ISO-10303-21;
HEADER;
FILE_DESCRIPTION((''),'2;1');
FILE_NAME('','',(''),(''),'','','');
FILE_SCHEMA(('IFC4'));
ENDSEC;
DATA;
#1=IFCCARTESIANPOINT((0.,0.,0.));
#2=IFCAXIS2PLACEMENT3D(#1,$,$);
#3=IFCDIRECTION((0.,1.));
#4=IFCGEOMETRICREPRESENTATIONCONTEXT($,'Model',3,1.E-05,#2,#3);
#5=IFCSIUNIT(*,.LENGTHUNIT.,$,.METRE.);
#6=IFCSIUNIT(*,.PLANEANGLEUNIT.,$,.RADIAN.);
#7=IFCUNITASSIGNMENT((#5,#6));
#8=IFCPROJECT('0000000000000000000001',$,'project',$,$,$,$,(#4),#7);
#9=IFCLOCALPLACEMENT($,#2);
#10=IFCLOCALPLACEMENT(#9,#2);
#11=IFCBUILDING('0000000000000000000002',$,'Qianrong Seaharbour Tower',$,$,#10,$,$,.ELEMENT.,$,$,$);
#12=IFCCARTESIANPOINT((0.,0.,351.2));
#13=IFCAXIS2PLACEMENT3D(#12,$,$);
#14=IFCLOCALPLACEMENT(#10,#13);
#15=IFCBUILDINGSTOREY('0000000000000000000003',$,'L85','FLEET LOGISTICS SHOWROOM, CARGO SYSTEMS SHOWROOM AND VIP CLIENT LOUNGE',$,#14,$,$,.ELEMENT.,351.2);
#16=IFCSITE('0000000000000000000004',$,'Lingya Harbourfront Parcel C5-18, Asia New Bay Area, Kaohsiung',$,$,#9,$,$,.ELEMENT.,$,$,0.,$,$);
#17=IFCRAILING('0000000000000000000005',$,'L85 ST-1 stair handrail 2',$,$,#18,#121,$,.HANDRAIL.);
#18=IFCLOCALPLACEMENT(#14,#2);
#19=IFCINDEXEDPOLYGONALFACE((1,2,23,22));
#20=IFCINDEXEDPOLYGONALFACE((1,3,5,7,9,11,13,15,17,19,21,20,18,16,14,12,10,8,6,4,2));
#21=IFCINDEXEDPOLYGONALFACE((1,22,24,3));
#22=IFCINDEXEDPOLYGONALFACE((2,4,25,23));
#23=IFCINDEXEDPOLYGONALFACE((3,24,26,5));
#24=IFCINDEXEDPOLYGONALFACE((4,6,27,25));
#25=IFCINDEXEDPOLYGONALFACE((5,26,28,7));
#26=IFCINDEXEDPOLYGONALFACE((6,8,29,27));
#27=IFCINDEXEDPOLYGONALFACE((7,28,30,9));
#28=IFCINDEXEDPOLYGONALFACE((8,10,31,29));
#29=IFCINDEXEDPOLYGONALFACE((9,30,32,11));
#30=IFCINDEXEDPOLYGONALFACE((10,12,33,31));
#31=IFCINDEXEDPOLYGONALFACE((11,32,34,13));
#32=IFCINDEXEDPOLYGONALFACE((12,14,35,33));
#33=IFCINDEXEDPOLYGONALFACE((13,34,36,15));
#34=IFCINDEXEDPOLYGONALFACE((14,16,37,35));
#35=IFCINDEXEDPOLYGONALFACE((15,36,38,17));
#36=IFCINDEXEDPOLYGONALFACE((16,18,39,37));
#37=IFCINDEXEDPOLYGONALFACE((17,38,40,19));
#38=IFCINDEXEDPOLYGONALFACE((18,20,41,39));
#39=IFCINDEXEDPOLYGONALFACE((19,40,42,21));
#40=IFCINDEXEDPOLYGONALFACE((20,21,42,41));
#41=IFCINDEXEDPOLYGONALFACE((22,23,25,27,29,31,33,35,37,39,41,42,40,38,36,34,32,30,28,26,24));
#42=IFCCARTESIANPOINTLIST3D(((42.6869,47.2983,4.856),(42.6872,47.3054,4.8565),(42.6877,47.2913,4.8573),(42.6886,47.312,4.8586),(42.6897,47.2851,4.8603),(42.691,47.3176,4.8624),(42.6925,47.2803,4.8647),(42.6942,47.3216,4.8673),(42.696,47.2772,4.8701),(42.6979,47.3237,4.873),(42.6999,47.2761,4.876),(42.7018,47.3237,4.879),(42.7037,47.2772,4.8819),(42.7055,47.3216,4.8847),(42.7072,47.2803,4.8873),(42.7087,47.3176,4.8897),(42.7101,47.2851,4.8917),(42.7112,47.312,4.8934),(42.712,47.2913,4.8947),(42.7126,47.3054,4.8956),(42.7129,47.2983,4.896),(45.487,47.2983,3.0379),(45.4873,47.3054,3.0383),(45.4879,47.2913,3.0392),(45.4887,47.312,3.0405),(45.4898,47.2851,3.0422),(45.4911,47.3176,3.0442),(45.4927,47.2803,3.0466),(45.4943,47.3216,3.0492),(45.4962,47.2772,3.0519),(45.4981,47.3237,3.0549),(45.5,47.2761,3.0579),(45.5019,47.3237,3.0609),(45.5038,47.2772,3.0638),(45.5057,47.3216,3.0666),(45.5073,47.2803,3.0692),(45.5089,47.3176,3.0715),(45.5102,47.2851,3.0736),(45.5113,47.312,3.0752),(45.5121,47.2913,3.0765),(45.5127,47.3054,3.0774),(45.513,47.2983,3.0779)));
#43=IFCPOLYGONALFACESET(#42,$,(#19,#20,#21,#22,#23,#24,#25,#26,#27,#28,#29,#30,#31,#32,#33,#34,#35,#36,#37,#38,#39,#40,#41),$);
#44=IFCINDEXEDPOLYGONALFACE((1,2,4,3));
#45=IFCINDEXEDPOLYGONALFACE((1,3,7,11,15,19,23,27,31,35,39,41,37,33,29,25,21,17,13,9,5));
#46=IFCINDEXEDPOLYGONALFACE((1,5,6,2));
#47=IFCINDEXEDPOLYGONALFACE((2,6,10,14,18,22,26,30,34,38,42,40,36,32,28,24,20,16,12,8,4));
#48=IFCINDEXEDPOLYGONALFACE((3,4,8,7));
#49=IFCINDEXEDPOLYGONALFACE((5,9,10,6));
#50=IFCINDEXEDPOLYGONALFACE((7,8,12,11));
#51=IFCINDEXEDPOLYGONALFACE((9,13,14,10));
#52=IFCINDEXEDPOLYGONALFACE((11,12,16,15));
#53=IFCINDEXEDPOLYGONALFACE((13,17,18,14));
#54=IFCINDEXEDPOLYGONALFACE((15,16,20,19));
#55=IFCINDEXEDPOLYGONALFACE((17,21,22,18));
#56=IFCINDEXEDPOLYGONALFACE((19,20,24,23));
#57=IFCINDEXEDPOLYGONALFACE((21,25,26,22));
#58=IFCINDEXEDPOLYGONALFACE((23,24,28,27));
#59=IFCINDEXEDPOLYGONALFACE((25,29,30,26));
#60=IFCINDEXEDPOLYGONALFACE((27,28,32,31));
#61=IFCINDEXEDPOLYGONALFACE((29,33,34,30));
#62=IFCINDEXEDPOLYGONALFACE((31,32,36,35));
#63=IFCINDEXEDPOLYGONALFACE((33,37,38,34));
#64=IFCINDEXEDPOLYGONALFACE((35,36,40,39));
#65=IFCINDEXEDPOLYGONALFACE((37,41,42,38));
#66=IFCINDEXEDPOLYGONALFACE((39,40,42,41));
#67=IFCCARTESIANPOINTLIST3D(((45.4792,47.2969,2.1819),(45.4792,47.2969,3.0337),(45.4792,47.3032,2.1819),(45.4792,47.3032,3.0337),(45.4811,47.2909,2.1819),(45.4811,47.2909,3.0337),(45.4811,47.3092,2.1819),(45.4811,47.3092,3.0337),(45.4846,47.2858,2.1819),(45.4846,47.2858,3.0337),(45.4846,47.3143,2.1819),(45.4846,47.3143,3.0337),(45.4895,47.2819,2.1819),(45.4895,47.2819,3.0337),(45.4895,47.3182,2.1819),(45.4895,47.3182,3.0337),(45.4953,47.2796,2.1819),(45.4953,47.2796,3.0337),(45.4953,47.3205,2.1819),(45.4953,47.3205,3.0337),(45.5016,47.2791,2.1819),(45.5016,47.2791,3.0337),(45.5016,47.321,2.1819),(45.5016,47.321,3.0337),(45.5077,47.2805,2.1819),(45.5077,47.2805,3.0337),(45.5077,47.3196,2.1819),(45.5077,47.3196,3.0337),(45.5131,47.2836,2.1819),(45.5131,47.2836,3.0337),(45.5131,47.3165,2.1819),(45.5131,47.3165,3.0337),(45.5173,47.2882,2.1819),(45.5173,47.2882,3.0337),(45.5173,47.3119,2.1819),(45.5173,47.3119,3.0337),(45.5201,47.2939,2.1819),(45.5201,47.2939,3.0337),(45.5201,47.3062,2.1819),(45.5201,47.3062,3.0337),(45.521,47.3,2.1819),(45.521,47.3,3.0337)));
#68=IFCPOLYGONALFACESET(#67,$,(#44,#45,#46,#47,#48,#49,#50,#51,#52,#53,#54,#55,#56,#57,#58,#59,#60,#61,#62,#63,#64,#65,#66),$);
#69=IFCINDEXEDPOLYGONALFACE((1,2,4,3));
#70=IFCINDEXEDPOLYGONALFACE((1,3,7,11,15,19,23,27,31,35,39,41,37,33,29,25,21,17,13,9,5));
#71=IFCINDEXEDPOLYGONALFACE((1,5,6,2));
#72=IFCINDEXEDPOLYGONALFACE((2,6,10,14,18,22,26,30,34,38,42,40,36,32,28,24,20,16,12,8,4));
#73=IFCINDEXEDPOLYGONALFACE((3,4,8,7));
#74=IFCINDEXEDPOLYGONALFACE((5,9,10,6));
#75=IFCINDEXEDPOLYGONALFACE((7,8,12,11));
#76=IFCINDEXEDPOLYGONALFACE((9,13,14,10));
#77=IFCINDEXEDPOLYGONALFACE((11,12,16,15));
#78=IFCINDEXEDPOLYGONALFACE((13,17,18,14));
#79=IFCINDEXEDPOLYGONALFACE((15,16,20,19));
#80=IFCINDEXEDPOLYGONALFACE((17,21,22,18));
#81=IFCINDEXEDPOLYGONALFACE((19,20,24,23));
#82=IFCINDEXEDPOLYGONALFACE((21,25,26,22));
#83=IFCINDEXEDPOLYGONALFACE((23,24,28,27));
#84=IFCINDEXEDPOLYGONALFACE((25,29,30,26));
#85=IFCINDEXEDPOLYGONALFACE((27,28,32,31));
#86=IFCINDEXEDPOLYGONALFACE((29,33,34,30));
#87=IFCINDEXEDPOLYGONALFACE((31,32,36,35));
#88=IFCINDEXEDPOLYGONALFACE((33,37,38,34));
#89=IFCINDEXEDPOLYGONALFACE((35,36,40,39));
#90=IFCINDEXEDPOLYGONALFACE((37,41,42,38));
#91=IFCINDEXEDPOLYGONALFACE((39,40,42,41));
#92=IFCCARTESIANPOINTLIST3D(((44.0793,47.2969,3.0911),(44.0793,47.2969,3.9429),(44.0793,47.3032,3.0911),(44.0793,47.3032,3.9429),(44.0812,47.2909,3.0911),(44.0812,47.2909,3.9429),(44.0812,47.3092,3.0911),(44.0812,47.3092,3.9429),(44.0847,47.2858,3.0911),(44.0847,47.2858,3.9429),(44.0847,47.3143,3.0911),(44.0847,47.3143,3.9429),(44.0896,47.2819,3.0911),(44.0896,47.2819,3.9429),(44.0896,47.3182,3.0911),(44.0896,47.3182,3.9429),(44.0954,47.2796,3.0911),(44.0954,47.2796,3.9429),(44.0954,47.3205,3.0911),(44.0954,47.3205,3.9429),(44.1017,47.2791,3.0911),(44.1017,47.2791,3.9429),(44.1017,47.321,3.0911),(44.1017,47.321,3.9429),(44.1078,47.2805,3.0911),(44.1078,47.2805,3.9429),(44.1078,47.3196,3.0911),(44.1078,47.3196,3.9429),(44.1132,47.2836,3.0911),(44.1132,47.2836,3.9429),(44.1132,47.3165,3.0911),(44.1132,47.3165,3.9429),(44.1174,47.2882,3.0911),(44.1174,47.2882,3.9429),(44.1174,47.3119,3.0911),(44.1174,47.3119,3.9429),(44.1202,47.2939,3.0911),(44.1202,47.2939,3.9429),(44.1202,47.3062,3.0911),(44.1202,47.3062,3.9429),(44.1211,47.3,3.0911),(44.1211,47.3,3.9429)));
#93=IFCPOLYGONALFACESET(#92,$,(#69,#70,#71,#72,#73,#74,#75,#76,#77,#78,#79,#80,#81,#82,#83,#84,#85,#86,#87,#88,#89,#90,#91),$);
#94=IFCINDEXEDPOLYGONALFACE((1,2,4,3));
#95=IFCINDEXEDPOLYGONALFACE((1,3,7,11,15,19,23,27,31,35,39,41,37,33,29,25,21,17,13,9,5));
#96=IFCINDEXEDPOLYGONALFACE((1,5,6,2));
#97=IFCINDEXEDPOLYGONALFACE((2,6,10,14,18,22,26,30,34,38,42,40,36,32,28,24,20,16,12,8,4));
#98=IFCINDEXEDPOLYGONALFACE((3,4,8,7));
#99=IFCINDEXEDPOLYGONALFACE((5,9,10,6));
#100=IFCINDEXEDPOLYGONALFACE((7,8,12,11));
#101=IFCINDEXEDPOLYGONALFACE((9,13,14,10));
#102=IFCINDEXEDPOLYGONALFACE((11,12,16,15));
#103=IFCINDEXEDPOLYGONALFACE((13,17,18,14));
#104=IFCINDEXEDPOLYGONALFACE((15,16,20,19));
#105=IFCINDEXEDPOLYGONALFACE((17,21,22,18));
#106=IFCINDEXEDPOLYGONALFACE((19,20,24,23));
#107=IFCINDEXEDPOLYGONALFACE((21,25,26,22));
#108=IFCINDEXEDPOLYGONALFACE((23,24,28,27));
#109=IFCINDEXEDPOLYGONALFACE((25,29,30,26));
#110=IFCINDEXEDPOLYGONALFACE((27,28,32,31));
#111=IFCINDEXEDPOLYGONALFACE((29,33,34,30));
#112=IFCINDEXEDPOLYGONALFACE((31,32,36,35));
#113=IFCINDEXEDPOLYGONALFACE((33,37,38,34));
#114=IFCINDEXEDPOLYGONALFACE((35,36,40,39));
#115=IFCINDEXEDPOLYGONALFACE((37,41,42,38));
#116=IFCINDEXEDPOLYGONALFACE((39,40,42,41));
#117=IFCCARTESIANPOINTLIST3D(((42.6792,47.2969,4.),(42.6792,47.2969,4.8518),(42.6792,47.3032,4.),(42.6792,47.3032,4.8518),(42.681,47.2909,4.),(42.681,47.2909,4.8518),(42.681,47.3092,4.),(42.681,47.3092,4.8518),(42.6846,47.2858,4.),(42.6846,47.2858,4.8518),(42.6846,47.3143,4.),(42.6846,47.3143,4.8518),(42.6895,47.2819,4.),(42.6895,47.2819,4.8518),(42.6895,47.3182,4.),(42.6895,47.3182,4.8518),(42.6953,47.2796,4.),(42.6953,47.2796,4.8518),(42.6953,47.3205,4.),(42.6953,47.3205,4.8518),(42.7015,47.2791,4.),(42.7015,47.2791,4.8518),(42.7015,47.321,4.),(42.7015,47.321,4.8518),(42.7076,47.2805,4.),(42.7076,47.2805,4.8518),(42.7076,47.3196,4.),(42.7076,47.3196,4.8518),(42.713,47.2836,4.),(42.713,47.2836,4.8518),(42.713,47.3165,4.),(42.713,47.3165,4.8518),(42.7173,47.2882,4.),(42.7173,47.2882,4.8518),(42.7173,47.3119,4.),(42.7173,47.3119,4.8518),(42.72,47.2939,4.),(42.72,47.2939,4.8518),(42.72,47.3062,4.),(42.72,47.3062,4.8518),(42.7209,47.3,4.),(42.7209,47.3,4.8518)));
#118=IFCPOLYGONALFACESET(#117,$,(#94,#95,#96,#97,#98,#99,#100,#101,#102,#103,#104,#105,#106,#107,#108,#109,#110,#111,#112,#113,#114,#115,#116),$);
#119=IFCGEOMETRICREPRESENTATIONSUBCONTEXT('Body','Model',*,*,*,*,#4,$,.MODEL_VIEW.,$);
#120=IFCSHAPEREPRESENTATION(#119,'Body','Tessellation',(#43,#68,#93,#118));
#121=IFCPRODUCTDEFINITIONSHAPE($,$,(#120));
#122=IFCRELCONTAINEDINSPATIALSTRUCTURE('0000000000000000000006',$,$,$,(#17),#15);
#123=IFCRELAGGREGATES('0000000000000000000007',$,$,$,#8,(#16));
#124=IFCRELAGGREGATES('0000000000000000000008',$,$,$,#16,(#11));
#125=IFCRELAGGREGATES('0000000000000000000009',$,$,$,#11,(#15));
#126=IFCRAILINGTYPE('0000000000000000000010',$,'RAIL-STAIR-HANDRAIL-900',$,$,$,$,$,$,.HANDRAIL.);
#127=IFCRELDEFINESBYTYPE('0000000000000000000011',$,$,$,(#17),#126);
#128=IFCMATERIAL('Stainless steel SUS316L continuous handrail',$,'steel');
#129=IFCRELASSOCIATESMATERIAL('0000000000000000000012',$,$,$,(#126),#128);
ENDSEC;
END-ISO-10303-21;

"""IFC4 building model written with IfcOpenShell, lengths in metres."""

from ifc_helpers import new_model, si_unit, direction, frame, origin, origin_2d, place, context, subcontext, project, spatial, circle, extrude, material, type_object, element, save


model = new_model("IFC4")

# Units and contexts
model_context = context("Model", 3, precision=1e-05, world=origin(), true_north=direction((0.0, 1.0)))
body_context = subcontext(model_context, "Body", "Model", "MODEL_VIEW")
ifc_project = project(units=[si_unit("LENGTHUNIT", "METRE"), si_unit("PLANEANGLEUNIT", "RADIAN")], contexts=[model_context])

# Site, building, storey
site_placement = place(None, origin())
site = spatial("IfcSite", under=ifc_project, at=site_placement, Name="Lingya Harbourfront Parcel C5-18, Asia New Bay Area, Kaohsiung", CompositionType="ELEMENT", RefElevation=0.0)
building_placement = place(site_placement, origin())
building = spatial("IfcBuilding", under=site, at=building_placement, Name="Qianrong Seaharbour Tower", CompositionType="ELEMENT")
storey_placement = place(building_placement, frame((0.0, 0.0, 351.2)))
storey = spatial("IfcBuildingStorey", under=building, at=storey_placement, Name="L85", Description="FLEET LOGISTICS SHOWROOM, CARGO SYSTEMS SHOWROOM AND VIP CLIENT LOUNGE", CompositionType="ELEMENT", Elevation=351.2)

# Railing
ifc_material_1 = material(Name="Stainless steel SUS316L continuous handrail", Category="steel")
railing_type_1 = type_object("IfcRailingType", Name="RAIL-STAIR-HANDRAIL-900", PredefinedType="HANDRAIL", material=ifc_material_1)
railing_1_placement = place(storey_placement, frame((45.5, 47.3, 2.1819)))
element("IfcRailing", 1, at=railing_1_placement, inside=storey, type_object=railing_type_1, Name="L85 ST-1 stair handrail 2", PredefinedType="HANDRAIL", context=body_context, shape_type="SweptSolid", body=[
    extrude(circle(Radius=0.0239, at=origin_2d()), frame((0.0, 0.0, 0.876), z_axis=(-0.838706, 0.0, 0.544585), x_axis=(0.0, -1.0, 0.0)), (0.0, 0.0, 1.0), 3.3386),
    extrude(circle(Radius=0.021, at=origin_2d()), origin(), (0.0, 0.0, 1.0), 0.8518),
    extrude(circle(Radius=0.021, at=origin_2d()), frame((-1.3999, 0.0, 0.9092)), (0.0, 0.0, 1.0), 0.8518),
    extrude(circle(Radius=0.021, at=origin_2d()), frame((-2.8, 0.0, 1.8181)), (0.0, 0.0, 1.0), 0.8518),
])

save(model, "model.ifc")
